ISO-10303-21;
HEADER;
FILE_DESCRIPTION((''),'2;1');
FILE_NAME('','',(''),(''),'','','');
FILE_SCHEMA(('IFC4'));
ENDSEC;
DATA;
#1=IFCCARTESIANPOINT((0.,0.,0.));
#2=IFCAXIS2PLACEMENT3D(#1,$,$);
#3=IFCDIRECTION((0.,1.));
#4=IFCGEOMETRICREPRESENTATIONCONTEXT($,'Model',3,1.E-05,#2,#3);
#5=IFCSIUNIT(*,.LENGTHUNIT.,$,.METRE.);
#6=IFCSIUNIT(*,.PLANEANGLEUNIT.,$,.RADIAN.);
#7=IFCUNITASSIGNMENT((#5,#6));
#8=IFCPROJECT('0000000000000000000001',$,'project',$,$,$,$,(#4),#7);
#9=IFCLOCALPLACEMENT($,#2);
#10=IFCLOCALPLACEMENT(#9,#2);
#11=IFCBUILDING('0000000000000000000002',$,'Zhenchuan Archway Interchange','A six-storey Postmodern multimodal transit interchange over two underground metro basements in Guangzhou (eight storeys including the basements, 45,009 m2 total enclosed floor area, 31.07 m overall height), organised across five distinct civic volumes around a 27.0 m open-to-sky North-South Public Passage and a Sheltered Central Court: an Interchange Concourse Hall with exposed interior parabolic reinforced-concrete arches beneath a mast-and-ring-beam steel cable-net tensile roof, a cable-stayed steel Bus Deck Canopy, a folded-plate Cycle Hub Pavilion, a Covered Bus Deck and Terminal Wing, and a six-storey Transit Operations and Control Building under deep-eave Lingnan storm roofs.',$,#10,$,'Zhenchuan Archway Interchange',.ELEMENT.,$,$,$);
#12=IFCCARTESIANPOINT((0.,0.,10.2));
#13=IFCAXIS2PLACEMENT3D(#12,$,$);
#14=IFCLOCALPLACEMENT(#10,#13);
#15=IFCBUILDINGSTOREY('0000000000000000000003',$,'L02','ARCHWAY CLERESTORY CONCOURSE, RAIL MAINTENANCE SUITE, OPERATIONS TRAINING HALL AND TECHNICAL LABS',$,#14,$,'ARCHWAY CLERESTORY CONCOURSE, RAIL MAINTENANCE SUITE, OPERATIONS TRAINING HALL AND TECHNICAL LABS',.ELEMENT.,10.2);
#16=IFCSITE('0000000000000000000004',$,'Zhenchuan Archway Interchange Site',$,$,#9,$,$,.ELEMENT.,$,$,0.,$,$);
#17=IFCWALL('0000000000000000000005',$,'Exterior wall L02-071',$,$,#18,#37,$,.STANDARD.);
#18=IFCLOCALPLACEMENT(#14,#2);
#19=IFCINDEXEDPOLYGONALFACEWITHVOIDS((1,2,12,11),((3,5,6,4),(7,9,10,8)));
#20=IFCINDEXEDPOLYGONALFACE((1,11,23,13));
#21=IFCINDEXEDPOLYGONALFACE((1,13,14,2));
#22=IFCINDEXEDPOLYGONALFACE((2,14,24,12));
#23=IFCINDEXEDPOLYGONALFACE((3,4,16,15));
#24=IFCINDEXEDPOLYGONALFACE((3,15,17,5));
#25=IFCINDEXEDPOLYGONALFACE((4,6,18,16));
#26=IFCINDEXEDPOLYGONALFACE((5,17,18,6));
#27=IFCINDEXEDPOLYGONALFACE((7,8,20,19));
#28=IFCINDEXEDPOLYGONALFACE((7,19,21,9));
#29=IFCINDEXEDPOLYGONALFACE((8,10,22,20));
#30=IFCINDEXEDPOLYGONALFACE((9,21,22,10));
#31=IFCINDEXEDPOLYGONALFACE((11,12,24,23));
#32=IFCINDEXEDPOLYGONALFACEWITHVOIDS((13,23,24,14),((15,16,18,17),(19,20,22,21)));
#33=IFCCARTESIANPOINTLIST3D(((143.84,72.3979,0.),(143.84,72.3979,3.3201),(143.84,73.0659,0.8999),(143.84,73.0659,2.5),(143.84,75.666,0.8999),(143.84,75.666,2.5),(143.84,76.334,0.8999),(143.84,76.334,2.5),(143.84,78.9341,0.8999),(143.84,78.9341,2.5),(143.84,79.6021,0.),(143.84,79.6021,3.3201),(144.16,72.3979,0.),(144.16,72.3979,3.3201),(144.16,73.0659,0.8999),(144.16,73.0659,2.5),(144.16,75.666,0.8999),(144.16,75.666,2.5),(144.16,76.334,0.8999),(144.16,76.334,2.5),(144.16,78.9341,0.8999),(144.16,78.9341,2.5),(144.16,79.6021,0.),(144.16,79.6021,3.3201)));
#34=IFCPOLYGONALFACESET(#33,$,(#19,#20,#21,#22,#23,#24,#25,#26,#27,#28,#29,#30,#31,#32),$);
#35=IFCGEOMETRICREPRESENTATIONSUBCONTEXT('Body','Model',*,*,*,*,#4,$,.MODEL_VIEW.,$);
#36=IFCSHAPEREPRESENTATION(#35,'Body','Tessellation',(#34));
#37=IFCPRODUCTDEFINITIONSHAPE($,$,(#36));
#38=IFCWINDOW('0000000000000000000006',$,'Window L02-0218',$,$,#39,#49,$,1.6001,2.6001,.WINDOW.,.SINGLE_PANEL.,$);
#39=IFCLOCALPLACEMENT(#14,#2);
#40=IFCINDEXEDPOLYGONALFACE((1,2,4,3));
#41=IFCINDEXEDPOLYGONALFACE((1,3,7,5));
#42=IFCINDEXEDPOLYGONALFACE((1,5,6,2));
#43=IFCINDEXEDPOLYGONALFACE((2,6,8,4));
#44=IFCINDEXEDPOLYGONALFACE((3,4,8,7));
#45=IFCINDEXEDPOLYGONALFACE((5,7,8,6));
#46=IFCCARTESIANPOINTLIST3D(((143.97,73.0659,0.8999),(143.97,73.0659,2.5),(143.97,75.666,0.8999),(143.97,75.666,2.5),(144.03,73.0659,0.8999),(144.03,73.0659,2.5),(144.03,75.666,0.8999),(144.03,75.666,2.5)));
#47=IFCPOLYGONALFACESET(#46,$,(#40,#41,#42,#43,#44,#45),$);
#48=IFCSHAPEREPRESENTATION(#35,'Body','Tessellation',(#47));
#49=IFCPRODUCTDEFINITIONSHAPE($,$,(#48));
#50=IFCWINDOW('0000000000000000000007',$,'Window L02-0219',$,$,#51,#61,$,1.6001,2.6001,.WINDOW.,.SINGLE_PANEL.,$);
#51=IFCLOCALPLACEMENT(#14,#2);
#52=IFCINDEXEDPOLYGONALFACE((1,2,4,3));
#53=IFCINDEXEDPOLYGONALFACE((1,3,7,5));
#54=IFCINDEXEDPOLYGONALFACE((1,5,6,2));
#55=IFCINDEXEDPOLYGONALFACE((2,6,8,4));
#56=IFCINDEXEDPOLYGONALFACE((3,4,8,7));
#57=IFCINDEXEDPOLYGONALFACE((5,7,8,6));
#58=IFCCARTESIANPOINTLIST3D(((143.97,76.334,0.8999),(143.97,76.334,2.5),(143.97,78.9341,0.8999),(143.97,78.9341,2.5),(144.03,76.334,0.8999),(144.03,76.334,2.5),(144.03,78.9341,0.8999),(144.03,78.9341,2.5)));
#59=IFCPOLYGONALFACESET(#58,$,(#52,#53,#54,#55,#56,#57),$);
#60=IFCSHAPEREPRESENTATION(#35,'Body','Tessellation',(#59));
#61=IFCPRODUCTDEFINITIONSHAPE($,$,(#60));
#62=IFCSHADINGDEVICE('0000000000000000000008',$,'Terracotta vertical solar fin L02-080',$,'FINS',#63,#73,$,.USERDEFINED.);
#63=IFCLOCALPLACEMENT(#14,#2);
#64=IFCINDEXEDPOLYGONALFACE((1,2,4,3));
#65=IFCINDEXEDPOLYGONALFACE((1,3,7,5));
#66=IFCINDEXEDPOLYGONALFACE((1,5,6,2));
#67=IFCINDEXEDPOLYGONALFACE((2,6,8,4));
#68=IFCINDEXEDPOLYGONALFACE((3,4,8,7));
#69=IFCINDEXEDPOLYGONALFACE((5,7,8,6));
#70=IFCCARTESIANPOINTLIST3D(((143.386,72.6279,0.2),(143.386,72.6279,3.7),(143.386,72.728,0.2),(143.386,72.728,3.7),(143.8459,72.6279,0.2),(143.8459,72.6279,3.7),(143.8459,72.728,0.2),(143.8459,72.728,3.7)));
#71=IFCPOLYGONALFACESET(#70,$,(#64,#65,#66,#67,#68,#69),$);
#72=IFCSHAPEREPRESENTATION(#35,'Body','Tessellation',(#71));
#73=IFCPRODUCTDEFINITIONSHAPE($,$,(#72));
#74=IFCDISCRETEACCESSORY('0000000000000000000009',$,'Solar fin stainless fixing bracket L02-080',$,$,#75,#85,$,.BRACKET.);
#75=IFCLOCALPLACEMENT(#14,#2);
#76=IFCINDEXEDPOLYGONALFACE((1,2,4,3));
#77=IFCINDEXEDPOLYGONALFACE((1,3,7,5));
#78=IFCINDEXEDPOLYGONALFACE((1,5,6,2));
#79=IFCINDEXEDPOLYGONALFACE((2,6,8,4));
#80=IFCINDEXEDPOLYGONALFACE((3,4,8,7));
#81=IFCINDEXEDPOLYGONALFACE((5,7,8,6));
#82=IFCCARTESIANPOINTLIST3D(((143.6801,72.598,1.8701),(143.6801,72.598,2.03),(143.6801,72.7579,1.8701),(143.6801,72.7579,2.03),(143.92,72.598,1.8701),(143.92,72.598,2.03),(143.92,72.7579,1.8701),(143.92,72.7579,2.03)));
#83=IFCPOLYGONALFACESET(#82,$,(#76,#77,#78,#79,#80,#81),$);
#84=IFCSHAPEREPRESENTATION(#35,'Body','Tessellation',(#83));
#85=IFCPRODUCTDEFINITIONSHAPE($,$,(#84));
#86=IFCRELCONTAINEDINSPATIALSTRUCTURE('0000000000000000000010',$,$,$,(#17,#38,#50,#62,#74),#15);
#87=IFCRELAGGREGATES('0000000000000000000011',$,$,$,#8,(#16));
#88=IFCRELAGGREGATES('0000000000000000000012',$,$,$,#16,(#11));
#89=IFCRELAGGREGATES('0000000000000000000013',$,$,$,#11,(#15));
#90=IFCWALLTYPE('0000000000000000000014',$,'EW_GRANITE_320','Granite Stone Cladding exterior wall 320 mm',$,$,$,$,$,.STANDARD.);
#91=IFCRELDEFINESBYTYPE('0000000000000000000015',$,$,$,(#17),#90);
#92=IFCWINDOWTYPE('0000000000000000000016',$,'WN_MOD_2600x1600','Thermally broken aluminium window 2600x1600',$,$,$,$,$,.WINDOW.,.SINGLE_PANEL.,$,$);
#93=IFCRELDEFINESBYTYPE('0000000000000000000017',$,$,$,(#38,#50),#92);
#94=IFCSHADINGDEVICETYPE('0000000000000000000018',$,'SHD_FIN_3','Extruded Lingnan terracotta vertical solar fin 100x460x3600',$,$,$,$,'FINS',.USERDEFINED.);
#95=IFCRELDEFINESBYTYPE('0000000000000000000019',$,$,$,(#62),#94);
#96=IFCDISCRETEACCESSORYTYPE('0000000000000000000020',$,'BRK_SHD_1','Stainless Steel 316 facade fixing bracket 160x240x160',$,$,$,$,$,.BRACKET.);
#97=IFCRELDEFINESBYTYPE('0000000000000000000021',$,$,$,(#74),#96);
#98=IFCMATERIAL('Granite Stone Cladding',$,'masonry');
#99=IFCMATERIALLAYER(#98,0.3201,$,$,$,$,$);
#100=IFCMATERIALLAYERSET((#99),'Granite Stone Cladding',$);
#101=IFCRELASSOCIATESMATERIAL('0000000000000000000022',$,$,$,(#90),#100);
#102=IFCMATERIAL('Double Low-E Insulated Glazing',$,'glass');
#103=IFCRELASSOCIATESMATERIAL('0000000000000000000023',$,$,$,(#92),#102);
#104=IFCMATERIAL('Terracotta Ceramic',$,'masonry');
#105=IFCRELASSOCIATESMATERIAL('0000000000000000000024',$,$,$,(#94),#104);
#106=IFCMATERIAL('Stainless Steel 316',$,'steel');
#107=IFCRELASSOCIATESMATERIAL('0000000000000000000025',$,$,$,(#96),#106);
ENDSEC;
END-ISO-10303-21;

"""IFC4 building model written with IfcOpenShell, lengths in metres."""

from ifc_helpers import new_model, si_unit, direction, frame, frame_2d, origin, origin_2d, place, context, subcontext, project, spatial, rectangle, extrude, material, layer, layer_set, type_object, element, fill, save


model = new_model("IFC4")

# Units and contexts
model_context = context("Model", 3, precision=1e-05, world=origin(), true_north=direction((0.0, 1.0)))
body_context = subcontext(model_context, "Body", "Model", "MODEL_VIEW")
ifc_project = project(units=[si_unit("LENGTHUNIT", "METRE"), si_unit("PLANEANGLEUNIT", "RADIAN")], contexts=[model_context])

# Site, building, storey
site_placement = place(None, origin())
site = spatial("IfcSite", under=ifc_project, at=site_placement, Name="Zhenchuan Archway Interchange Site", CompositionType="ELEMENT", RefElevation=0.0)
building_placement = place(site_placement, origin())
building = spatial("IfcBuilding", under=site, at=building_placement, Name="Zhenchuan Archway Interchange", Description="A six-storey Postmodern multimodal transit interchange over two underground metro basements in Guangzhou (eight storeys including the basements, 45,009 m2 total enclosed floor area, 31.07 m overall height), organised across five distinct civic volumes around a 27.0 m open-to-sky North-South Public Passage and a Sheltered Central Court: an Interchange Concourse Hall with exposed interior parabolic reinforced-concrete arches beneath a mast-and-ring-beam steel cable-net tensile roof, a cable-stayed steel Bus Deck Canopy, a folded-plate Cycle Hub Pavilion, a Covered Bus Deck and Terminal Wing, and a six-storey Transit Operations and Control Building under deep-eave Lingnan storm roofs.", LongName="Zhenchuan Archway Interchange", CompositionType="ELEMENT")
storey_placement = place(building_placement, frame((0.0, 0.0, 10.2)))
storey = spatial("IfcBuildingStorey", under=building, at=storey_placement, Name="L02", Description="ARCHWAY CLERESTORY CONCOURSE, RAIL MAINTENANCE SUITE, OPERATIONS TRAINING HALL AND TECHNICAL LABS", LongName="ARCHWAY CLERESTORY CONCOURSE, RAIL MAINTENANCE SUITE, OPERATIONS TRAINING HALL AND TECHNICAL LABS", CompositionType="ELEMENT", Elevation=10.2)

# Shared definitions
ifc_material_1 = material(Name="Double Low-E Insulated Glazing", Category="glass")

# Wall, openings, windows
ifc_material_2 = material(Name="Granite Stone Cladding", Category="masonry")
ifc_layer_1 = layer(ifc_material_2, 0.3201)
ifc_layer_set_1 = layer_set([ifc_layer_1], Name="Granite Stone Cladding")
wall_type = type_object("IfcWallType", Name="EW_GRANITE_320", Description="Granite Stone Cladding exterior wall 320 mm", PredefinedType="STANDARD", material=ifc_layer_set_1)
wall_placement = place(storey_placement, frame((144.0, 72.3979, 0.0), z_axis=(0.0, 0.0, 1.0), x_axis=(0.0, 1.0, 0.0)))
wall = element("IfcWall", 1, at=wall_placement, inside=storey, type_object=wall_type, Name="Exterior wall L02-071", PredefinedType="STANDARD", context=body_context, shape_type="SweptSolid", body=[
    extrude(rectangle(XDim=7.2041, YDim=0.3201, at=frame_2d((3.6021, 0.0))), origin(), (0.0, 0.0, 1.0), 3.3201),
])
opening_1_placement = place(wall_placement, frame((0.668, 0.0, 0.8999)))
opening_1 = element("IfcOpeningElement", 2, at=opening_1_placement, cuts=wall, PredefinedType="OPENING", context=body_context, shape_type="SweptSolid", body=[
    extrude(rectangle(XDim=2.6001, YDim=1.6001, at=frame_2d((1.3, 0.8))), frame((0.0, 0.1719, 0.0), z_axis=(0.0, -1.0, 0.0), x_axis=(1.0, 0.0, 0.0)), (0.0, 0.0, 1.0), 0.344),
])
opening_2_placement = place(wall_placement, frame((3.936, 0.0, 0.8999)))
opening_2 = element("IfcOpeningElement", 3, at=opening_2_placement, cuts=wall, PredefinedType="OPENING", context=body_context, shape_type="SweptSolid", body=[
    extrude(rectangle(XDim=2.6001, YDim=1.6001, at=frame_2d((1.3, 0.8))), frame((0.0, 0.1719, 0.0), z_axis=(0.0, -1.0, 0.0), x_axis=(1.0, 0.0, 0.0)), (0.0, 0.0, 1.0), 0.344),
])
window_type = type_object("IfcWindowType", Name="WN_MOD_2600x1600", Description="Thermally broken aluminium window 2600x1600", PartitioningType="SINGLE_PANEL", PredefinedType="WINDOW", material=ifc_material_1)
window_1_placement = place(opening_1_placement, origin())
window_1 = element("IfcWindow", 4, at=window_1_placement, inside=storey, type_object=window_type, Name="Window L02-0218", OverallHeight=1.6001, OverallWidth=2.6001, PartitioningType="SINGLE_PANEL", PredefinedType="WINDOW", context=body_context, shape_type="SweptSolid", body=[
    extrude(rectangle(XDim=2.6001, YDim=1.6001, at=frame_2d((1.3, 0.8))), frame((0.0, 0.03, 0.0), z_axis=(0.0, -1.0, 0.0), x_axis=(1.0, 0.0, 0.0)), (0.0, 0.0, 1.0), 0.0601),
])
fill(opening_1, window_1)
window_2_placement = place(opening_2_placement, origin())
window_2 = element("IfcWindow", 5, at=window_2_placement, inside=storey, type_object=window_type, Name="Window L02-0219", OverallHeight=1.6001, OverallWidth=2.6001, PartitioningType="SINGLE_PANEL", PredefinedType="WINDOW", context=body_context, shape_type="SweptSolid", body=[
    extrude(rectangle(XDim=2.6001, YDim=1.6001, at=frame_2d((1.3, 0.8))), frame((0.0, 0.03, 0.0), z_axis=(0.0, -1.0, 0.0), x_axis=(1.0, 0.0, 0.0)), (0.0, 0.0, 1.0), 0.0601),
])
fill(opening_2, window_2)

# Shading device
ifc_material_3 = material(Name="Terracotta Ceramic", Category="masonry")
shading_device_type = type_object("IfcShadingDeviceType", Name="SHD_FIN_3", Description="Extruded Lingnan terracotta vertical solar fin 100x460x3600", ElementType="FINS", PredefinedType="USERDEFINED", material=ifc_material_3)
shading_device_placement = place(storey_placement, frame((143.616, 72.678, 0.2), z_axis=(0.0, 0.0, 1.0), x_axis=(0.0, 1.0, 0.0)))
element("IfcShadingDevice", 6, at=shading_device_placement, inside=storey, type_object=shading_device_type, Name="Terracotta vertical solar fin L02-080", ObjectType="FINS", PredefinedType="USERDEFINED", context=body_context, shape_type="SweptSolid", body=[
    extrude(rectangle(XDim=0.1001, YDim=0.46, at=origin_2d()), origin(), (0.0, 0.0, 1.0), 3.5),
])

# Discrete accessory
ifc_material_4 = material(Name="Stainless Steel 316", Category="steel")
discrete_accessory_type = type_object("IfcDiscreteAccessoryType", Name="BRK_SHD_1", Description="Stainless Steel 316 facade fixing bracket 160x240x160", PredefinedType="BRACKET", material=ifc_material_4)
discrete_accessory_placement = place(storey_placement, frame((143.8, 72.678, 1.8701), z_axis=(0.0, 0.0, 1.0), x_axis=(0.0, 1.0, 0.0)))
element("IfcDiscreteAccessory", 7, at=discrete_accessory_placement, inside=storey, type_object=discrete_accessory_type, Name="Solar fin stainless fixing bracket L02-080", PredefinedType="BRACKET", context=body_context, shape_type="SweptSolid", body=[
    extrude(rectangle(XDim=0.1599, YDim=0.24, at=origin_2d()), origin(), (0.0, 0.0, 1.0), 0.1599),
])

save(model, "model.ifc")
